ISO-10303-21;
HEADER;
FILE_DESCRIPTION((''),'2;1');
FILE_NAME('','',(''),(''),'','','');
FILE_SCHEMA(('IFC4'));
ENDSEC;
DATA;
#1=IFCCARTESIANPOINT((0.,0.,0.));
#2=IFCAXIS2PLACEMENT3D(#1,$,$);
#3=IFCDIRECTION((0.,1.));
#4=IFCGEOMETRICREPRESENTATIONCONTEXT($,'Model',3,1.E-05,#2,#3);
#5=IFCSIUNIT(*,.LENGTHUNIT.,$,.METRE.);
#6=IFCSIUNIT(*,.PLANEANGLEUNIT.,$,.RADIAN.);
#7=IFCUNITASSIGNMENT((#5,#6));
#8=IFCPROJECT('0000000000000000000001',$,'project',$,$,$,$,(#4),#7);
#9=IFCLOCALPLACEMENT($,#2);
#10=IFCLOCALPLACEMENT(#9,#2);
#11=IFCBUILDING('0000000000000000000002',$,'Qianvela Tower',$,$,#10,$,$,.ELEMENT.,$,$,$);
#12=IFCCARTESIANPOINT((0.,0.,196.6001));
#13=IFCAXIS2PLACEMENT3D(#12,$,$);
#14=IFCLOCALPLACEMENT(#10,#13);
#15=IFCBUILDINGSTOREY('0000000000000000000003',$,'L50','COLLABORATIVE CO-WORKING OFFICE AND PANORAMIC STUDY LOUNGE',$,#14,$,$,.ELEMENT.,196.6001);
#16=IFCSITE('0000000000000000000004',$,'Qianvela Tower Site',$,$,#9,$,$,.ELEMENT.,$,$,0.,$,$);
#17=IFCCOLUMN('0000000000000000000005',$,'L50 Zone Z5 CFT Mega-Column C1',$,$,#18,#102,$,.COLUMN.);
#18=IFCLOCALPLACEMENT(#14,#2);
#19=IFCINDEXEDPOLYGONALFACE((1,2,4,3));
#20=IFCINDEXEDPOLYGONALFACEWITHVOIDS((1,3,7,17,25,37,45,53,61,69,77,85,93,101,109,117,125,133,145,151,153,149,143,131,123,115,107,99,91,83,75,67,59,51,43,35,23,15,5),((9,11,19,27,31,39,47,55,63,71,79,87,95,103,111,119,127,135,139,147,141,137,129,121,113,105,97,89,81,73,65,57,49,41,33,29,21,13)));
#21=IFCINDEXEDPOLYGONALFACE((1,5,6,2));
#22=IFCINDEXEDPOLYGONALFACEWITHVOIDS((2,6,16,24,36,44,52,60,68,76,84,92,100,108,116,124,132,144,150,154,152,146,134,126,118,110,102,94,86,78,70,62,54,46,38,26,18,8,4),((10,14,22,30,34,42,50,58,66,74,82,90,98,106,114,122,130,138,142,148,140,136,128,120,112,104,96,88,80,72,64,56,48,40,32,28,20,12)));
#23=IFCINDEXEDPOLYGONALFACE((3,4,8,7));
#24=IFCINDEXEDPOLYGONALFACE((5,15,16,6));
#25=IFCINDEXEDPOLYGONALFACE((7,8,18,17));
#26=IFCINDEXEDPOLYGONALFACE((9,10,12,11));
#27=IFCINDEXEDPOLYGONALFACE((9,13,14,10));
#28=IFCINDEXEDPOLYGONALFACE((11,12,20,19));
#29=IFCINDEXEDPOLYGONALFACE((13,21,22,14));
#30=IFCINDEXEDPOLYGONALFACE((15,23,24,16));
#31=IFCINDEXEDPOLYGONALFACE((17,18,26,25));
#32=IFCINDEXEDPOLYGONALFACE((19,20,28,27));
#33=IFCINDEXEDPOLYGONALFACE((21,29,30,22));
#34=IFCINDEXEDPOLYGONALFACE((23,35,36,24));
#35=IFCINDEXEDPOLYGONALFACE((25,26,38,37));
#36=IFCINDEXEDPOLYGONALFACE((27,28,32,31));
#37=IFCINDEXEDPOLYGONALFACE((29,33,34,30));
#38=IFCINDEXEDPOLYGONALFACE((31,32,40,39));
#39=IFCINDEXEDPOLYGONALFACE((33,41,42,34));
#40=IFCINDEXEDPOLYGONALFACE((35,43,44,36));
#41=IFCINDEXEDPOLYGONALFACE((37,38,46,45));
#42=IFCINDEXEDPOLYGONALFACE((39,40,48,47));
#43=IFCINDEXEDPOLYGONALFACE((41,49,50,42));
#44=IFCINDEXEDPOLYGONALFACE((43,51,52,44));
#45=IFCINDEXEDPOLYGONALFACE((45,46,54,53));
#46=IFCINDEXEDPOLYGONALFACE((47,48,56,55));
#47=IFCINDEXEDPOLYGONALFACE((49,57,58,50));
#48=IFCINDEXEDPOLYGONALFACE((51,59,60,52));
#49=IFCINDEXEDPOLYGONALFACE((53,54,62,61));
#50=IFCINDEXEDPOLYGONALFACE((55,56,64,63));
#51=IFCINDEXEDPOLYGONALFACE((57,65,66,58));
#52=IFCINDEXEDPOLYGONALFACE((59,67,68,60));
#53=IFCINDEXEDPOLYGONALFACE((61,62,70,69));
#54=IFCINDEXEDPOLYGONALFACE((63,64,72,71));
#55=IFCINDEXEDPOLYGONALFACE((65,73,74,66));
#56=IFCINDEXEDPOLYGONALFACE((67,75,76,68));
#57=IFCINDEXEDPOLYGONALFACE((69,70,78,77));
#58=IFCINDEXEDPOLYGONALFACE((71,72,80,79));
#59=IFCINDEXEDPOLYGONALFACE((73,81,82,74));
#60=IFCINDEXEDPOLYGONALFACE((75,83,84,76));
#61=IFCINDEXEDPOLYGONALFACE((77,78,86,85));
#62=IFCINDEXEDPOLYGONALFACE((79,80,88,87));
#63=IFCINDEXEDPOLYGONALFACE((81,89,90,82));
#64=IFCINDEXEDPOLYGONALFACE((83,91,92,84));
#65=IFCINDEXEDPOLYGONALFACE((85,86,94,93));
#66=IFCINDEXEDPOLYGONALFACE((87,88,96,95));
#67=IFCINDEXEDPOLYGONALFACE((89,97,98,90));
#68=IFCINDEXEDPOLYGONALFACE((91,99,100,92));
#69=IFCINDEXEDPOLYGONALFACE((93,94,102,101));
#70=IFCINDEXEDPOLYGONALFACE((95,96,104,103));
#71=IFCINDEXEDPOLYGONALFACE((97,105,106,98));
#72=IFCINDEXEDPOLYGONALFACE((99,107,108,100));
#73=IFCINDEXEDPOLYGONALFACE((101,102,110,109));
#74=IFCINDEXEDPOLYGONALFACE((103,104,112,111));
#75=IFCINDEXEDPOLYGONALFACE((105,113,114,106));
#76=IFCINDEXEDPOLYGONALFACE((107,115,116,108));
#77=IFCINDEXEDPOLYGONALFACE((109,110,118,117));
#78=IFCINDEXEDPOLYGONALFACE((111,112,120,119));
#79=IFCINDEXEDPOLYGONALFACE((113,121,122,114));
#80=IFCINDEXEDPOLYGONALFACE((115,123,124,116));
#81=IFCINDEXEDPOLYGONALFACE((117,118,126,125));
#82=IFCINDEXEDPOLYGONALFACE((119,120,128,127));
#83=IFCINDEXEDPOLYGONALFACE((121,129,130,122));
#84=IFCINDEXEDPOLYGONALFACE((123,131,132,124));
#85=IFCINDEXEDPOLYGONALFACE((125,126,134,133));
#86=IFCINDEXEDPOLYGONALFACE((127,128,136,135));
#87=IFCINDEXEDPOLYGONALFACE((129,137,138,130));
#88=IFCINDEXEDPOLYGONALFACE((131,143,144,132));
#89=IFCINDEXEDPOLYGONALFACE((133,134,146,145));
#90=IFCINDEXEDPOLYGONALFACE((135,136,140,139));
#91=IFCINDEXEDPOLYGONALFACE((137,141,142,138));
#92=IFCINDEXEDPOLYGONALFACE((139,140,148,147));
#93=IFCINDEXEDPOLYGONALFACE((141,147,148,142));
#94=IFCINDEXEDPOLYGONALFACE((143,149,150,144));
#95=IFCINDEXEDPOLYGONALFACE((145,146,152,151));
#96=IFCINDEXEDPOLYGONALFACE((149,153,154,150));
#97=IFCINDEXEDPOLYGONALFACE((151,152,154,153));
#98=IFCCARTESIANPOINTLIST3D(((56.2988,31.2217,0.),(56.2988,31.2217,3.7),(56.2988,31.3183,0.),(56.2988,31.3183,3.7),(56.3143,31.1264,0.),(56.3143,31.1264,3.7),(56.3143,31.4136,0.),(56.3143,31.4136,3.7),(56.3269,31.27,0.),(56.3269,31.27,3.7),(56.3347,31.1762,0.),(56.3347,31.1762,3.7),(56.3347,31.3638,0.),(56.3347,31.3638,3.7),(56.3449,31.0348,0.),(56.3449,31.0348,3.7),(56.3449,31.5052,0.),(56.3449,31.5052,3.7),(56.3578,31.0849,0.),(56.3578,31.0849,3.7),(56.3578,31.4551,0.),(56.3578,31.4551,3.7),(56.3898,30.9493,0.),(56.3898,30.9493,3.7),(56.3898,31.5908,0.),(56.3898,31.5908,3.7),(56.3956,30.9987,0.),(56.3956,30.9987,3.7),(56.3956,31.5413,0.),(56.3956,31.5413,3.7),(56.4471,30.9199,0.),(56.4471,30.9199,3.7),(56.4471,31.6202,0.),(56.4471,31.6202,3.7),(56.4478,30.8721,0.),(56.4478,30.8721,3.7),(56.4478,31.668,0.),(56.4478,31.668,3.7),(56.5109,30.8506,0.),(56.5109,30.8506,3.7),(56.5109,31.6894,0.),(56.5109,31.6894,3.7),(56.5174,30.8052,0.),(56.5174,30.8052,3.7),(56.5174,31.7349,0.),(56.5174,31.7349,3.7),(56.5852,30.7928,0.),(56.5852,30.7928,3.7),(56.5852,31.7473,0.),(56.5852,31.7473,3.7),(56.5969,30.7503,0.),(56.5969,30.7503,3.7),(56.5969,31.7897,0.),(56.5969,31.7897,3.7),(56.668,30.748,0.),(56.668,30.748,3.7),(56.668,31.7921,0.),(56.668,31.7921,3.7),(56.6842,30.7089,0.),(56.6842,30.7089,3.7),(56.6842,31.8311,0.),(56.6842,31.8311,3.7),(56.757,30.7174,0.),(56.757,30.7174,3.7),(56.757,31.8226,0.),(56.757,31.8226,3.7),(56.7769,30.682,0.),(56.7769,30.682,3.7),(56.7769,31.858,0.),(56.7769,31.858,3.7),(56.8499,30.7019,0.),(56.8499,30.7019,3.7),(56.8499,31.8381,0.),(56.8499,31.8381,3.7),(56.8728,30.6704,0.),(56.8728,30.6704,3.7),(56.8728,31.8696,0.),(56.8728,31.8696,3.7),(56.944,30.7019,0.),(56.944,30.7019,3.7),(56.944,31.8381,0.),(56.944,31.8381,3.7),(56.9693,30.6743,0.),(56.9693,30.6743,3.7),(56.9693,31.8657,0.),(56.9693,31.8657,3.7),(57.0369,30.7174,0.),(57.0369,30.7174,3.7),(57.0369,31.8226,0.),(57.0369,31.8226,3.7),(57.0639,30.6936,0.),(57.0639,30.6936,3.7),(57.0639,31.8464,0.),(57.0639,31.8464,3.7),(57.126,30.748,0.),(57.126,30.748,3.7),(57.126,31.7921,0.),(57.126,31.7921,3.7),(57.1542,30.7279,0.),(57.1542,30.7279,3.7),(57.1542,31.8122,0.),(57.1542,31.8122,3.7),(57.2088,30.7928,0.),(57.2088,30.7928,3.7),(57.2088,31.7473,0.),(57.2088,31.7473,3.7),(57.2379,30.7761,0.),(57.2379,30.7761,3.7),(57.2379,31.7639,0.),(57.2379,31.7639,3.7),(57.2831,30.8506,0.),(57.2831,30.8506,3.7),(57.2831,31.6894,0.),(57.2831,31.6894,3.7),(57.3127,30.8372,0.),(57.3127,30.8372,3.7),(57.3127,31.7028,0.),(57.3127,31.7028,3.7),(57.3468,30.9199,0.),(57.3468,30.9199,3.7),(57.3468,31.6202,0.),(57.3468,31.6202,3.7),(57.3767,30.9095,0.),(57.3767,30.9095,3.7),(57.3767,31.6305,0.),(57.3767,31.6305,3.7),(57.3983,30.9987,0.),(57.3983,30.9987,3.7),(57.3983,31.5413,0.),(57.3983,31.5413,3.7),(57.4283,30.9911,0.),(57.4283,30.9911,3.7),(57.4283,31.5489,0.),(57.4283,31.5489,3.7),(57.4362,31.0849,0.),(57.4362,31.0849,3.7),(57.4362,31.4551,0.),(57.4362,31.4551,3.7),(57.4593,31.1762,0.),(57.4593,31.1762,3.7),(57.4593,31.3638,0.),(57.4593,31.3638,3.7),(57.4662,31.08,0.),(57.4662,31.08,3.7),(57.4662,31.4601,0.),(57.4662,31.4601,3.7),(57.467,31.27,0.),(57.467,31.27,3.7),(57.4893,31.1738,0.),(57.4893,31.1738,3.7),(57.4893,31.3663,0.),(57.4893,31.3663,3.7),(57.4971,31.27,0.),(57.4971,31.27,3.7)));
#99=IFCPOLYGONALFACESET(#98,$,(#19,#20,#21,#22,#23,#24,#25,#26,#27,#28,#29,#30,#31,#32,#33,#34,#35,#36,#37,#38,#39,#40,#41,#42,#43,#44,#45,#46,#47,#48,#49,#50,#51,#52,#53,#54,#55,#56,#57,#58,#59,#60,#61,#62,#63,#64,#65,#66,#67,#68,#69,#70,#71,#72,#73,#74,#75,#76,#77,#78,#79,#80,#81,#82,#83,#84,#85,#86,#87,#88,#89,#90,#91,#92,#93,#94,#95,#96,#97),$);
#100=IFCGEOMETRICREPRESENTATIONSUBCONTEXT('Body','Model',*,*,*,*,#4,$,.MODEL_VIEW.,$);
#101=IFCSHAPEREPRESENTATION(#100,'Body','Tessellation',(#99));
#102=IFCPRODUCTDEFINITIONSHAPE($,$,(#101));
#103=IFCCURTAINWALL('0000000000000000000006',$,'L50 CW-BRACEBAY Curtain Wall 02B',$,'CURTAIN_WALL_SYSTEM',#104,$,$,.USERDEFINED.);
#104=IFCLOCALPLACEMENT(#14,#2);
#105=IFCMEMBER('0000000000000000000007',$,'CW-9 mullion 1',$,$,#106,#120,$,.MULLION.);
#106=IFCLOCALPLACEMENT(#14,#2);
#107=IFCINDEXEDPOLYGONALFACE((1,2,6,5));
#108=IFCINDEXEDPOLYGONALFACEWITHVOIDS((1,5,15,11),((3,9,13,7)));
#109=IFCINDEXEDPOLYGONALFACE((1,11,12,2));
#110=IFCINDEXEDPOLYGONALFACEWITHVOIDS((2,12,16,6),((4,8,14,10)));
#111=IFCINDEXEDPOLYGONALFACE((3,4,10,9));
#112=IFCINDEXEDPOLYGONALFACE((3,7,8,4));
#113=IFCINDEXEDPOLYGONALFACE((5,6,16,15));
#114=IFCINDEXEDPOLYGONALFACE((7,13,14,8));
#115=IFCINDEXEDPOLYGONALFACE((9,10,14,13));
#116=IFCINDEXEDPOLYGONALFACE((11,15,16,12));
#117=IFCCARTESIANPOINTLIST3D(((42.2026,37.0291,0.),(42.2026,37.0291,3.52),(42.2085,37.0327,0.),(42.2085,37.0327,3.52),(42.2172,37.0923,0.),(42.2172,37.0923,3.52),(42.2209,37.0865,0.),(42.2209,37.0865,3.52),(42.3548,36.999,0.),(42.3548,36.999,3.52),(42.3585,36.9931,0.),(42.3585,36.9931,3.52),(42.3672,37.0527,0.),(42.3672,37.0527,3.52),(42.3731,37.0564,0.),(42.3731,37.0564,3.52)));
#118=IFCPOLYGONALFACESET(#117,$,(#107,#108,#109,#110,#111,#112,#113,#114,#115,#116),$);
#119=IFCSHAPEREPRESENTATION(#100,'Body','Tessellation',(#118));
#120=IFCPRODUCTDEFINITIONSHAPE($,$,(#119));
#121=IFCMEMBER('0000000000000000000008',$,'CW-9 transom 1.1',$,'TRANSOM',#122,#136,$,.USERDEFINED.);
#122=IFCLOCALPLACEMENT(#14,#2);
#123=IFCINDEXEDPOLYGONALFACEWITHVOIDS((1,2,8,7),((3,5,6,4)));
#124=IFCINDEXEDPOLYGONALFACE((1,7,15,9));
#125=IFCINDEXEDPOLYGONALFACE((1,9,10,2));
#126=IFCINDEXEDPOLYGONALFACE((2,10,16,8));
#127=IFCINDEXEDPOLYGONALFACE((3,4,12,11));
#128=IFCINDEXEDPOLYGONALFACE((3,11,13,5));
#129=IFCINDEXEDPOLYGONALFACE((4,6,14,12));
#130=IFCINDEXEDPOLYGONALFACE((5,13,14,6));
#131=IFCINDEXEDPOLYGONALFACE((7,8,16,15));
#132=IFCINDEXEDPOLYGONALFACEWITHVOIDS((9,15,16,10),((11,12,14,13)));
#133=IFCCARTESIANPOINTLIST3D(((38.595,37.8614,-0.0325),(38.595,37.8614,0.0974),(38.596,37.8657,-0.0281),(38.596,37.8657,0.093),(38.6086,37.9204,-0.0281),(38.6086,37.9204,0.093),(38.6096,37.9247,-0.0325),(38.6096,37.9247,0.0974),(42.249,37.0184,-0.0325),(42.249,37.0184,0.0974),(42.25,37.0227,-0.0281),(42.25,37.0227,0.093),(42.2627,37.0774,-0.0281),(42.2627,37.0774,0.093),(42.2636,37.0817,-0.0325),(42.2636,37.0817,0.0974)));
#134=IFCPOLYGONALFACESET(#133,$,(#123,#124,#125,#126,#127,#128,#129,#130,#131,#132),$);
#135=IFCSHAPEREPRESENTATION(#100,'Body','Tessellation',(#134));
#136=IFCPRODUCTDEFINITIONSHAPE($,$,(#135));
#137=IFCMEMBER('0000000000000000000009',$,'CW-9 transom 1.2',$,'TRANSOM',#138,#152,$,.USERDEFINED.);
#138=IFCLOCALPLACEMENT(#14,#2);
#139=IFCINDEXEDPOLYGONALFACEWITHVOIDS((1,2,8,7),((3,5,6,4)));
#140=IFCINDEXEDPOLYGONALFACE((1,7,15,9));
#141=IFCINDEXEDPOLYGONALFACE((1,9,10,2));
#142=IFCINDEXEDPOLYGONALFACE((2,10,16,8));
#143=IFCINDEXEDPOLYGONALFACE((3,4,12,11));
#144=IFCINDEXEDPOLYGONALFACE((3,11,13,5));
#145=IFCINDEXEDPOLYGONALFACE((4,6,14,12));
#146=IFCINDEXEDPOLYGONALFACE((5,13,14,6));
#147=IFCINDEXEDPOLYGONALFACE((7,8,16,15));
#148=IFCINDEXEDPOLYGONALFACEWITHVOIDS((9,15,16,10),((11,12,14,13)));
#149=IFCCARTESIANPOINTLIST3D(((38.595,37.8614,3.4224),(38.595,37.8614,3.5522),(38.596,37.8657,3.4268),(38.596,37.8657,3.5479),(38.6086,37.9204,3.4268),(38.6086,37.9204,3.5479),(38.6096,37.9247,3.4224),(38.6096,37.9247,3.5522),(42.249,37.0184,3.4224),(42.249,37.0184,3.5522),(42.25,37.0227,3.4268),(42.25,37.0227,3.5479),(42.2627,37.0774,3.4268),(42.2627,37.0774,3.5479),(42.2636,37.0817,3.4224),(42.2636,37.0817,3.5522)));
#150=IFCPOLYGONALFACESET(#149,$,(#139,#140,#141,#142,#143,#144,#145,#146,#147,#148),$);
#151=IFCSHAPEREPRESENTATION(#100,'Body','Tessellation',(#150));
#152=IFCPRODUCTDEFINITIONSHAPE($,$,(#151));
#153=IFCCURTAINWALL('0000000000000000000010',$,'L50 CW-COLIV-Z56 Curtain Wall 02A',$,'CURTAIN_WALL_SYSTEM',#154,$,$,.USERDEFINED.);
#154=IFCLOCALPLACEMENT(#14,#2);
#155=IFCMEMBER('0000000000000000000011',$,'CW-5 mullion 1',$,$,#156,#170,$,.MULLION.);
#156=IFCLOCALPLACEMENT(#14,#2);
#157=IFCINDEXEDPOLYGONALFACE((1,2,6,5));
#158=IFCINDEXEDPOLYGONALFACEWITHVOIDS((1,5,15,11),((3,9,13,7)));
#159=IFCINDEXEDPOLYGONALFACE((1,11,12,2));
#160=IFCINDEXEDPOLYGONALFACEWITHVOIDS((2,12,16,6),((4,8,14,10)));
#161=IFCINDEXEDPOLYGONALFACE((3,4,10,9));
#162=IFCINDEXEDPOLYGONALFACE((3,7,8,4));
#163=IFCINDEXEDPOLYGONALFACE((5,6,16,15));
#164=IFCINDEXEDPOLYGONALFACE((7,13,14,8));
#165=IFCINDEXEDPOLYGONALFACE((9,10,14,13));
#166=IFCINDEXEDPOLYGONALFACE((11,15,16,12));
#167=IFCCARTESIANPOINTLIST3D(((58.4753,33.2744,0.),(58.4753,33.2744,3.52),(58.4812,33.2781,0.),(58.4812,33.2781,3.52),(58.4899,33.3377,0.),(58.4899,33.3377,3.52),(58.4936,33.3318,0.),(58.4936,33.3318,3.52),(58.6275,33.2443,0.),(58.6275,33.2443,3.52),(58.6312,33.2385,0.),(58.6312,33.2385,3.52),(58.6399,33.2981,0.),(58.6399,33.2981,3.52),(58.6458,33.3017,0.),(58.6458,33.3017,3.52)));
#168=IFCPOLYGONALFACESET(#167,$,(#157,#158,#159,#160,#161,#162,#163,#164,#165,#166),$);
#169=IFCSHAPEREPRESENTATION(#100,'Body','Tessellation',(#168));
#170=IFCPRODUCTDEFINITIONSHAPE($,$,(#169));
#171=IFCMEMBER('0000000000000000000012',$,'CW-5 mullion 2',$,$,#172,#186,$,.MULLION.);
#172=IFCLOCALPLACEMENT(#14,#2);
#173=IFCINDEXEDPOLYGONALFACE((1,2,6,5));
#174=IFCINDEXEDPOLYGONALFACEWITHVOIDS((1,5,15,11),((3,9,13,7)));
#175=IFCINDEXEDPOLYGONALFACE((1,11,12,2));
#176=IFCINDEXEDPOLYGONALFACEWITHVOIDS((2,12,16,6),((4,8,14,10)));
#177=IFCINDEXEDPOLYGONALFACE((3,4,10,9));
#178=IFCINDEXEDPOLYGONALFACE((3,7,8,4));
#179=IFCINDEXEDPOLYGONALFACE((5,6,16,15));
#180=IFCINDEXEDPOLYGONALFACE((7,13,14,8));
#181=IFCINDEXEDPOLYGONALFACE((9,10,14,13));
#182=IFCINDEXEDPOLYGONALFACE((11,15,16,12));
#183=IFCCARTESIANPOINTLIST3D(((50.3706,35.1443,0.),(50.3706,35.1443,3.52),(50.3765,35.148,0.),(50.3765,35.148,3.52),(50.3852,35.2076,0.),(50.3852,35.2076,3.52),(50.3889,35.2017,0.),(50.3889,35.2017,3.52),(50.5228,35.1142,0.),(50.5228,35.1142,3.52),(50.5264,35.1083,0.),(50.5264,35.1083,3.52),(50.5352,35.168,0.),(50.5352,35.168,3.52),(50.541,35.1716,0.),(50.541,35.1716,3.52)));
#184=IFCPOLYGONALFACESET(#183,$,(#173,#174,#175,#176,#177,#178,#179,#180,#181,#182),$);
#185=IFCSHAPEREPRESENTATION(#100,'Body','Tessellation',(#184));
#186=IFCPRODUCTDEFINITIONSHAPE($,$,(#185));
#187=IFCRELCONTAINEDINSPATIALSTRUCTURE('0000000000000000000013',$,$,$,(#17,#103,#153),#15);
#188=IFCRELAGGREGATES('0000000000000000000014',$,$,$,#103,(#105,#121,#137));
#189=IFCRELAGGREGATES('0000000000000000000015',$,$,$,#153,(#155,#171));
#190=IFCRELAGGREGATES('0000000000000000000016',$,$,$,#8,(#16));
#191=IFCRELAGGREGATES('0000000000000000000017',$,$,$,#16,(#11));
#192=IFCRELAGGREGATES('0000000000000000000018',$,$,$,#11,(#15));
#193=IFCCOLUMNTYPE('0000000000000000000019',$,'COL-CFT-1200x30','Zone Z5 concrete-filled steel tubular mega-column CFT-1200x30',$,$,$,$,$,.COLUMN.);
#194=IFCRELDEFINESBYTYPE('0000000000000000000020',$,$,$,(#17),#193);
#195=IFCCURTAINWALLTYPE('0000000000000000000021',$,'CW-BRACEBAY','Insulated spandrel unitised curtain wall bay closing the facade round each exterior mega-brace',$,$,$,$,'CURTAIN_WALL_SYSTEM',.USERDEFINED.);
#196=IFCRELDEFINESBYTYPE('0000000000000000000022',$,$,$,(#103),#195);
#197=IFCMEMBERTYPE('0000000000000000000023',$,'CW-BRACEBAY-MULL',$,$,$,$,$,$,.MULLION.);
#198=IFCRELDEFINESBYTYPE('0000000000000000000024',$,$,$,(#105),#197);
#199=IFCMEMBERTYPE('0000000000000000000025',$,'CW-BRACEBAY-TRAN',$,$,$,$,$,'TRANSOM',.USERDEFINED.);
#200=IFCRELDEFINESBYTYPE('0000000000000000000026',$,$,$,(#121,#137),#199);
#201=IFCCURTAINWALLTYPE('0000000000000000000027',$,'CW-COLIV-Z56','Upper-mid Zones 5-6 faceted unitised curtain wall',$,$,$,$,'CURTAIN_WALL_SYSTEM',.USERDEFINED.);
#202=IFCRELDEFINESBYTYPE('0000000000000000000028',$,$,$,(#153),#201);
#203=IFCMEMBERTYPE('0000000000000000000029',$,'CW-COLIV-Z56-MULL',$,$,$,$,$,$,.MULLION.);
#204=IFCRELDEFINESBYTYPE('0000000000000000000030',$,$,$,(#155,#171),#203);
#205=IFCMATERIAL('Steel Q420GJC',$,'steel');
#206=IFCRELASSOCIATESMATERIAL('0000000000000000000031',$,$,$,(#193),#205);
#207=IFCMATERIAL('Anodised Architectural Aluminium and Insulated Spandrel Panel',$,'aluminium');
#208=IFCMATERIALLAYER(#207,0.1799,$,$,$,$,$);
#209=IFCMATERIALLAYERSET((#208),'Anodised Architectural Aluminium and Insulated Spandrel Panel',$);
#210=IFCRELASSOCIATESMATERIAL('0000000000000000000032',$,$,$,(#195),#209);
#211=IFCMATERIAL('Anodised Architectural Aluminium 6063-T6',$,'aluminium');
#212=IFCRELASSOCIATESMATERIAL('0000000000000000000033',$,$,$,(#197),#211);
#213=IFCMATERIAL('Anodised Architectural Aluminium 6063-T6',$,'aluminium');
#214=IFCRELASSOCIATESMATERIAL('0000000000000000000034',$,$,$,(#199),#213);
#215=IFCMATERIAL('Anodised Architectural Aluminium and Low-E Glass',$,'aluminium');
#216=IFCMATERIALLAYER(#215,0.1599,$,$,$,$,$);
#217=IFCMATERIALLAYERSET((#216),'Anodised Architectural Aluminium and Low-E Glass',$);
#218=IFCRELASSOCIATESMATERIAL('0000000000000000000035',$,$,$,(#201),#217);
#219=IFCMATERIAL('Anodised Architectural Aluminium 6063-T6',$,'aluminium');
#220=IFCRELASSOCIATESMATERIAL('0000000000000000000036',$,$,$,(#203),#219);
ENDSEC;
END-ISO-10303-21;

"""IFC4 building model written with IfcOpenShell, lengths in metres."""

from ifc_helpers import new_model, si_unit, direction, frame, origin, origin_2d, place, context, subcontext, project, spatial, hollow_rectangle, hollow_circle, extrude, material, layer, layer_set, material_profile, profile_set, type_object, element, aggregate, save


model = new_model("IFC4")

# Units and contexts
model_context = context("Model", 3, precision=1e-05, world=origin(), true_north=direction((0.0, 1.0)))
body_context = subcontext(model_context, "Body", "Model", "MODEL_VIEW")
ifc_project = project(units=[si_unit("LENGTHUNIT", "METRE"), si_unit("PLANEANGLEUNIT", "RADIAN")], contexts=[model_context])

# Site, building, storey
site_placement = place(None, origin())
site = spatial("IfcSite", under=ifc_project, at=site_placement, Name="Qianvela Tower Site", CompositionType="ELEMENT", RefElevation=0.0)
building_placement = place(site_placement, origin())
building = spatial("IfcBuilding", under=site, at=building_placement, Name="Qianvela Tower", CompositionType="ELEMENT")
storey_placement = place(building_placement, frame((0.0, 0.0, 196.6001)))
storey = spatial("IfcBuildingStorey", under=building, at=storey_placement, Name="L50", Description="COLLABORATIVE CO-WORKING OFFICE AND PANORAMIC STUDY LOUNGE", CompositionType="ELEMENT", Elevation=196.6001)

# Column
ifc_material_1 = material(Name="Steel Q420GJC", Category="steel")
ifc_material_profile_1 = material_profile(ifc_material_1, hollow_circle(Radius=0.6001, WallThickness=0.03, at=origin_2d()), Name="CFT-1200x30")
ifc_profile_set_1 = profile_set([ifc_material_profile_1], Name="Steel Q420GJC")
column_type = type_object("IfcColumnType", Name="COL-CFT-1200x30", Description="Zone Z5 concrete-filled steel tubular mega-column CFT-1200x30", PredefinedType="COLUMN", material=ifc_profile_set_1)
column_placement = place(storey_placement, frame((56.897, 31.27, 0.0), z_axis=(0.0, 0.0, 1.0), x_axis=(1.0, 0.0, 0.0)))
element("IfcColumn", 1, at=column_placement, inside=storey, type_object=column_type, Name="L50 Zone Z5 CFT Mega-Column C1", PredefinedType="COLUMN", context=body_context, shape_type="SweptSolid", body=[
    extrude(hollow_circle(Radius=0.6001, WallThickness=0.03, at=origin_2d()), origin(), (0.0, 0.0, 1.0), 3.7),
])

# Curtain walls, members
ifc_material_2 = material(Name="Anodised Architectural Aluminium and Insulated Spandrel Panel", Category="aluminium")
ifc_layer_1 = layer(ifc_material_2, 0.1799)
ifc_layer_set_1 = layer_set([ifc_layer_1], Name="Anodised Architectural Aluminium and Insulated Spandrel Panel")
curtain_wall_type_1 = type_object("IfcCurtainWallType", Name="CW-BRACEBAY", Description="Insulated spandrel unitised curtain wall bay closing the facade round each exterior mega-brace", ElementType="CURTAIN_WALL_SYSTEM", PredefinedType="USERDEFINED", material=ifc_layer_set_1)
curtain_wall_1_placement = place(storey_placement, origin())
curtain_wall_1 = element("IfcCurtainWall", 2, at=curtain_wall_1_placement, inside=storey, type_object=curtain_wall_type_1, Name="L50 CW-BRACEBAY Curtain Wall 02B", ObjectType="CURTAIN_WALL_SYSTEM", PredefinedType="USERDEFINED")
ifc_material_3 = material(Name="Anodised Architectural Aluminium 6063-T6", Category="aluminium")
ifc_material_profile_2 = material_profile(ifc_material_3, hollow_rectangle(XDim=0.0649, YDim=0.1599, WallThickness=0.0049, at=origin_2d()), Name="ALU-MULL-65x160")
ifc_profile_set_2 = profile_set([ifc_material_profile_2], Name="Anodised Architectural Aluminium 6063-T6")
member_type_1 = type_object("IfcMemberType", Name="CW-BRACEBAY-MULL", PredefinedType="MULLION", material=ifc_profile_set_2)
member_1_placement = place(storey_placement, frame((42.2878, 37.0427, 0.0), z_axis=(0.0, 0.0, 1.0), x_axis=(-0.224824, -0.974399, 0.0)))
member_1 = element("IfcMember", 3, at=member_1_placement, type_object=member_type_1, Name="CW-9 mullion 1", PredefinedType="MULLION", context=body_context, shape_type="SweptSolid", body=[
    extrude(hollow_rectangle(XDim=0.0649, YDim=0.1599, WallThickness=0.0049, at=origin_2d()), origin(), (0.0, 0.0, 1.0), 3.52),
])
ifc_material_4 = material(Name="Anodised Architectural Aluminium 6063-T6", Category="aluminium")
ifc_material_profile_3 = material_profile(ifc_material_4, hollow_rectangle(XDim=0.0649, YDim=0.1299, WallThickness=0.0044, at=origin_2d()), Name="ALU-TRAN-65x130")
ifc_profile_set_3 = profile_set([ifc_material_profile_3], Name="Anodised Architectural Aluminium 6063-T6")
member_type_2 = type_object("IfcMemberType", Name="CW-BRACEBAY-TRAN", ElementType="TRANSOM", PredefinedType="USERDEFINED", material=ifc_profile_set_3)
member_2_placement = place(storey_placement, frame((42.2563, 37.05, 0.0325), z_axis=(-0.974404, 0.224802, 0.0), x_axis=(-0.224802, -0.974404, 0.0)))
member_2 = element("IfcMember", 4, at=member_2_placement, type_object=member_type_2, Name="CW-9 transom 1.1", ObjectType="TRANSOM", PredefinedType="USERDEFINED", context=body_context, shape_type="SweptSolid", body=[
    extrude(hollow_rectangle(XDim=0.0649, YDim=0.1299, WallThickness=0.0044, at=origin_2d()), origin(), (0.0, 0.0, 1.0), 3.75),
])
member_3_placement = place(storey_placement, frame((42.2563, 37.05, 3.4873), z_axis=(-0.974404, 0.224802, 0.0), x_axis=(-0.224802, -0.974404, 0.0)))
member_3 = element("IfcMember", 5, at=member_3_placement, type_object=member_type_2, Name="CW-9 transom 1.2", ObjectType="TRANSOM", PredefinedType="USERDEFINED", context=body_context, shape_type="SweptSolid", body=[
    extrude(hollow_rectangle(XDim=0.0649, YDim=0.1299, WallThickness=0.0044, at=origin_2d()), origin(), (0.0, 0.0, 1.0), 3.75),
])
aggregate(curtain_wall_1, [member_1, member_2, member_3])
ifc_material_5 = material(Name="Anodised Architectural Aluminium and Low-E Glass", Category="aluminium")
ifc_layer_2 = layer(ifc_material_5, 0.1599)
ifc_layer_set_2 = layer_set([ifc_layer_2], Name="Anodised Architectural Aluminium and Low-E Glass")
curtain_wall_type_2 = type_object("IfcCurtainWallType", Name="CW-COLIV-Z56", Description="Upper-mid Zones 5-6 faceted unitised curtain wall", ElementType="CURTAIN_WALL_SYSTEM", PredefinedType="USERDEFINED", material=ifc_layer_set_2)
curtain_wall_2_placement = place(storey_placement, origin())
curtain_wall_2 = element("IfcCurtainWall", 6, at=curtain_wall_2_placement, inside=storey, type_object=curtain_wall_type_2, Name="L50 CW-COLIV-Z56 Curtain Wall 02A", ObjectType="CURTAIN_WALL_SYSTEM", PredefinedType="USERDEFINED")
ifc_material_6 = material(Name="Anodised Architectural Aluminium 6063-T6", Category="aluminium")
ifc_material_profile_4 = material_profile(ifc_material_6, hollow_rectangle(XDim=0.0649, YDim=0.1599, WallThickness=0.0049, at=origin_2d()), Name="ALU-MULL-65x160")
ifc_profile_set_4 = profile_set([ifc_material_profile_4], Name="Anodised Architectural Aluminium 6063-T6")
member_type_3 = type_object("IfcMemberType", Name="CW-COLIV-Z56-MULL", PredefinedType="MULLION", material=ifc_profile_set_4)
member_4_placement = place(storey_placement, frame((58.5605, 33.2881, 0.0), z_axis=(0.0, 0.0, 1.0), x_axis=(-0.224832, -0.974398, 0.0)))
member_4 = element("IfcMember", 7, at=member_4_placement, type_object=member_type_3, Name="CW-5 mullion 1", PredefinedType="MULLION", context=body_context, shape_type="SweptSolid", body=[
    extrude(hollow_rectangle(XDim=0.0649, YDim=0.1599, WallThickness=0.0049, at=origin_2d()), origin(), (0.0, 0.0, 1.0), 3.52),
])
member_5_placement = place(storey_placement, frame((50.4558, 35.158, 0.0), z_axis=(0.0, 0.0, 1.0), x_axis=(-0.224832, -0.974398, 0.0)))
member_5 = element("IfcMember", 8, at=member_5_placement, type_object=member_type_3, Name="CW-5 mullion 2", PredefinedType="MULLION", context=body_context, shape_type="SweptSolid", body=[
    extrude(hollow_rectangle(XDim=0.0649, YDim=0.1599, WallThickness=0.0049, at=origin_2d()), origin(), (0.0, 0.0, 1.0), 3.52),
])

aggregate(curtain_wall_2, [member_4, member_5])

save(model, "model.ifc")
